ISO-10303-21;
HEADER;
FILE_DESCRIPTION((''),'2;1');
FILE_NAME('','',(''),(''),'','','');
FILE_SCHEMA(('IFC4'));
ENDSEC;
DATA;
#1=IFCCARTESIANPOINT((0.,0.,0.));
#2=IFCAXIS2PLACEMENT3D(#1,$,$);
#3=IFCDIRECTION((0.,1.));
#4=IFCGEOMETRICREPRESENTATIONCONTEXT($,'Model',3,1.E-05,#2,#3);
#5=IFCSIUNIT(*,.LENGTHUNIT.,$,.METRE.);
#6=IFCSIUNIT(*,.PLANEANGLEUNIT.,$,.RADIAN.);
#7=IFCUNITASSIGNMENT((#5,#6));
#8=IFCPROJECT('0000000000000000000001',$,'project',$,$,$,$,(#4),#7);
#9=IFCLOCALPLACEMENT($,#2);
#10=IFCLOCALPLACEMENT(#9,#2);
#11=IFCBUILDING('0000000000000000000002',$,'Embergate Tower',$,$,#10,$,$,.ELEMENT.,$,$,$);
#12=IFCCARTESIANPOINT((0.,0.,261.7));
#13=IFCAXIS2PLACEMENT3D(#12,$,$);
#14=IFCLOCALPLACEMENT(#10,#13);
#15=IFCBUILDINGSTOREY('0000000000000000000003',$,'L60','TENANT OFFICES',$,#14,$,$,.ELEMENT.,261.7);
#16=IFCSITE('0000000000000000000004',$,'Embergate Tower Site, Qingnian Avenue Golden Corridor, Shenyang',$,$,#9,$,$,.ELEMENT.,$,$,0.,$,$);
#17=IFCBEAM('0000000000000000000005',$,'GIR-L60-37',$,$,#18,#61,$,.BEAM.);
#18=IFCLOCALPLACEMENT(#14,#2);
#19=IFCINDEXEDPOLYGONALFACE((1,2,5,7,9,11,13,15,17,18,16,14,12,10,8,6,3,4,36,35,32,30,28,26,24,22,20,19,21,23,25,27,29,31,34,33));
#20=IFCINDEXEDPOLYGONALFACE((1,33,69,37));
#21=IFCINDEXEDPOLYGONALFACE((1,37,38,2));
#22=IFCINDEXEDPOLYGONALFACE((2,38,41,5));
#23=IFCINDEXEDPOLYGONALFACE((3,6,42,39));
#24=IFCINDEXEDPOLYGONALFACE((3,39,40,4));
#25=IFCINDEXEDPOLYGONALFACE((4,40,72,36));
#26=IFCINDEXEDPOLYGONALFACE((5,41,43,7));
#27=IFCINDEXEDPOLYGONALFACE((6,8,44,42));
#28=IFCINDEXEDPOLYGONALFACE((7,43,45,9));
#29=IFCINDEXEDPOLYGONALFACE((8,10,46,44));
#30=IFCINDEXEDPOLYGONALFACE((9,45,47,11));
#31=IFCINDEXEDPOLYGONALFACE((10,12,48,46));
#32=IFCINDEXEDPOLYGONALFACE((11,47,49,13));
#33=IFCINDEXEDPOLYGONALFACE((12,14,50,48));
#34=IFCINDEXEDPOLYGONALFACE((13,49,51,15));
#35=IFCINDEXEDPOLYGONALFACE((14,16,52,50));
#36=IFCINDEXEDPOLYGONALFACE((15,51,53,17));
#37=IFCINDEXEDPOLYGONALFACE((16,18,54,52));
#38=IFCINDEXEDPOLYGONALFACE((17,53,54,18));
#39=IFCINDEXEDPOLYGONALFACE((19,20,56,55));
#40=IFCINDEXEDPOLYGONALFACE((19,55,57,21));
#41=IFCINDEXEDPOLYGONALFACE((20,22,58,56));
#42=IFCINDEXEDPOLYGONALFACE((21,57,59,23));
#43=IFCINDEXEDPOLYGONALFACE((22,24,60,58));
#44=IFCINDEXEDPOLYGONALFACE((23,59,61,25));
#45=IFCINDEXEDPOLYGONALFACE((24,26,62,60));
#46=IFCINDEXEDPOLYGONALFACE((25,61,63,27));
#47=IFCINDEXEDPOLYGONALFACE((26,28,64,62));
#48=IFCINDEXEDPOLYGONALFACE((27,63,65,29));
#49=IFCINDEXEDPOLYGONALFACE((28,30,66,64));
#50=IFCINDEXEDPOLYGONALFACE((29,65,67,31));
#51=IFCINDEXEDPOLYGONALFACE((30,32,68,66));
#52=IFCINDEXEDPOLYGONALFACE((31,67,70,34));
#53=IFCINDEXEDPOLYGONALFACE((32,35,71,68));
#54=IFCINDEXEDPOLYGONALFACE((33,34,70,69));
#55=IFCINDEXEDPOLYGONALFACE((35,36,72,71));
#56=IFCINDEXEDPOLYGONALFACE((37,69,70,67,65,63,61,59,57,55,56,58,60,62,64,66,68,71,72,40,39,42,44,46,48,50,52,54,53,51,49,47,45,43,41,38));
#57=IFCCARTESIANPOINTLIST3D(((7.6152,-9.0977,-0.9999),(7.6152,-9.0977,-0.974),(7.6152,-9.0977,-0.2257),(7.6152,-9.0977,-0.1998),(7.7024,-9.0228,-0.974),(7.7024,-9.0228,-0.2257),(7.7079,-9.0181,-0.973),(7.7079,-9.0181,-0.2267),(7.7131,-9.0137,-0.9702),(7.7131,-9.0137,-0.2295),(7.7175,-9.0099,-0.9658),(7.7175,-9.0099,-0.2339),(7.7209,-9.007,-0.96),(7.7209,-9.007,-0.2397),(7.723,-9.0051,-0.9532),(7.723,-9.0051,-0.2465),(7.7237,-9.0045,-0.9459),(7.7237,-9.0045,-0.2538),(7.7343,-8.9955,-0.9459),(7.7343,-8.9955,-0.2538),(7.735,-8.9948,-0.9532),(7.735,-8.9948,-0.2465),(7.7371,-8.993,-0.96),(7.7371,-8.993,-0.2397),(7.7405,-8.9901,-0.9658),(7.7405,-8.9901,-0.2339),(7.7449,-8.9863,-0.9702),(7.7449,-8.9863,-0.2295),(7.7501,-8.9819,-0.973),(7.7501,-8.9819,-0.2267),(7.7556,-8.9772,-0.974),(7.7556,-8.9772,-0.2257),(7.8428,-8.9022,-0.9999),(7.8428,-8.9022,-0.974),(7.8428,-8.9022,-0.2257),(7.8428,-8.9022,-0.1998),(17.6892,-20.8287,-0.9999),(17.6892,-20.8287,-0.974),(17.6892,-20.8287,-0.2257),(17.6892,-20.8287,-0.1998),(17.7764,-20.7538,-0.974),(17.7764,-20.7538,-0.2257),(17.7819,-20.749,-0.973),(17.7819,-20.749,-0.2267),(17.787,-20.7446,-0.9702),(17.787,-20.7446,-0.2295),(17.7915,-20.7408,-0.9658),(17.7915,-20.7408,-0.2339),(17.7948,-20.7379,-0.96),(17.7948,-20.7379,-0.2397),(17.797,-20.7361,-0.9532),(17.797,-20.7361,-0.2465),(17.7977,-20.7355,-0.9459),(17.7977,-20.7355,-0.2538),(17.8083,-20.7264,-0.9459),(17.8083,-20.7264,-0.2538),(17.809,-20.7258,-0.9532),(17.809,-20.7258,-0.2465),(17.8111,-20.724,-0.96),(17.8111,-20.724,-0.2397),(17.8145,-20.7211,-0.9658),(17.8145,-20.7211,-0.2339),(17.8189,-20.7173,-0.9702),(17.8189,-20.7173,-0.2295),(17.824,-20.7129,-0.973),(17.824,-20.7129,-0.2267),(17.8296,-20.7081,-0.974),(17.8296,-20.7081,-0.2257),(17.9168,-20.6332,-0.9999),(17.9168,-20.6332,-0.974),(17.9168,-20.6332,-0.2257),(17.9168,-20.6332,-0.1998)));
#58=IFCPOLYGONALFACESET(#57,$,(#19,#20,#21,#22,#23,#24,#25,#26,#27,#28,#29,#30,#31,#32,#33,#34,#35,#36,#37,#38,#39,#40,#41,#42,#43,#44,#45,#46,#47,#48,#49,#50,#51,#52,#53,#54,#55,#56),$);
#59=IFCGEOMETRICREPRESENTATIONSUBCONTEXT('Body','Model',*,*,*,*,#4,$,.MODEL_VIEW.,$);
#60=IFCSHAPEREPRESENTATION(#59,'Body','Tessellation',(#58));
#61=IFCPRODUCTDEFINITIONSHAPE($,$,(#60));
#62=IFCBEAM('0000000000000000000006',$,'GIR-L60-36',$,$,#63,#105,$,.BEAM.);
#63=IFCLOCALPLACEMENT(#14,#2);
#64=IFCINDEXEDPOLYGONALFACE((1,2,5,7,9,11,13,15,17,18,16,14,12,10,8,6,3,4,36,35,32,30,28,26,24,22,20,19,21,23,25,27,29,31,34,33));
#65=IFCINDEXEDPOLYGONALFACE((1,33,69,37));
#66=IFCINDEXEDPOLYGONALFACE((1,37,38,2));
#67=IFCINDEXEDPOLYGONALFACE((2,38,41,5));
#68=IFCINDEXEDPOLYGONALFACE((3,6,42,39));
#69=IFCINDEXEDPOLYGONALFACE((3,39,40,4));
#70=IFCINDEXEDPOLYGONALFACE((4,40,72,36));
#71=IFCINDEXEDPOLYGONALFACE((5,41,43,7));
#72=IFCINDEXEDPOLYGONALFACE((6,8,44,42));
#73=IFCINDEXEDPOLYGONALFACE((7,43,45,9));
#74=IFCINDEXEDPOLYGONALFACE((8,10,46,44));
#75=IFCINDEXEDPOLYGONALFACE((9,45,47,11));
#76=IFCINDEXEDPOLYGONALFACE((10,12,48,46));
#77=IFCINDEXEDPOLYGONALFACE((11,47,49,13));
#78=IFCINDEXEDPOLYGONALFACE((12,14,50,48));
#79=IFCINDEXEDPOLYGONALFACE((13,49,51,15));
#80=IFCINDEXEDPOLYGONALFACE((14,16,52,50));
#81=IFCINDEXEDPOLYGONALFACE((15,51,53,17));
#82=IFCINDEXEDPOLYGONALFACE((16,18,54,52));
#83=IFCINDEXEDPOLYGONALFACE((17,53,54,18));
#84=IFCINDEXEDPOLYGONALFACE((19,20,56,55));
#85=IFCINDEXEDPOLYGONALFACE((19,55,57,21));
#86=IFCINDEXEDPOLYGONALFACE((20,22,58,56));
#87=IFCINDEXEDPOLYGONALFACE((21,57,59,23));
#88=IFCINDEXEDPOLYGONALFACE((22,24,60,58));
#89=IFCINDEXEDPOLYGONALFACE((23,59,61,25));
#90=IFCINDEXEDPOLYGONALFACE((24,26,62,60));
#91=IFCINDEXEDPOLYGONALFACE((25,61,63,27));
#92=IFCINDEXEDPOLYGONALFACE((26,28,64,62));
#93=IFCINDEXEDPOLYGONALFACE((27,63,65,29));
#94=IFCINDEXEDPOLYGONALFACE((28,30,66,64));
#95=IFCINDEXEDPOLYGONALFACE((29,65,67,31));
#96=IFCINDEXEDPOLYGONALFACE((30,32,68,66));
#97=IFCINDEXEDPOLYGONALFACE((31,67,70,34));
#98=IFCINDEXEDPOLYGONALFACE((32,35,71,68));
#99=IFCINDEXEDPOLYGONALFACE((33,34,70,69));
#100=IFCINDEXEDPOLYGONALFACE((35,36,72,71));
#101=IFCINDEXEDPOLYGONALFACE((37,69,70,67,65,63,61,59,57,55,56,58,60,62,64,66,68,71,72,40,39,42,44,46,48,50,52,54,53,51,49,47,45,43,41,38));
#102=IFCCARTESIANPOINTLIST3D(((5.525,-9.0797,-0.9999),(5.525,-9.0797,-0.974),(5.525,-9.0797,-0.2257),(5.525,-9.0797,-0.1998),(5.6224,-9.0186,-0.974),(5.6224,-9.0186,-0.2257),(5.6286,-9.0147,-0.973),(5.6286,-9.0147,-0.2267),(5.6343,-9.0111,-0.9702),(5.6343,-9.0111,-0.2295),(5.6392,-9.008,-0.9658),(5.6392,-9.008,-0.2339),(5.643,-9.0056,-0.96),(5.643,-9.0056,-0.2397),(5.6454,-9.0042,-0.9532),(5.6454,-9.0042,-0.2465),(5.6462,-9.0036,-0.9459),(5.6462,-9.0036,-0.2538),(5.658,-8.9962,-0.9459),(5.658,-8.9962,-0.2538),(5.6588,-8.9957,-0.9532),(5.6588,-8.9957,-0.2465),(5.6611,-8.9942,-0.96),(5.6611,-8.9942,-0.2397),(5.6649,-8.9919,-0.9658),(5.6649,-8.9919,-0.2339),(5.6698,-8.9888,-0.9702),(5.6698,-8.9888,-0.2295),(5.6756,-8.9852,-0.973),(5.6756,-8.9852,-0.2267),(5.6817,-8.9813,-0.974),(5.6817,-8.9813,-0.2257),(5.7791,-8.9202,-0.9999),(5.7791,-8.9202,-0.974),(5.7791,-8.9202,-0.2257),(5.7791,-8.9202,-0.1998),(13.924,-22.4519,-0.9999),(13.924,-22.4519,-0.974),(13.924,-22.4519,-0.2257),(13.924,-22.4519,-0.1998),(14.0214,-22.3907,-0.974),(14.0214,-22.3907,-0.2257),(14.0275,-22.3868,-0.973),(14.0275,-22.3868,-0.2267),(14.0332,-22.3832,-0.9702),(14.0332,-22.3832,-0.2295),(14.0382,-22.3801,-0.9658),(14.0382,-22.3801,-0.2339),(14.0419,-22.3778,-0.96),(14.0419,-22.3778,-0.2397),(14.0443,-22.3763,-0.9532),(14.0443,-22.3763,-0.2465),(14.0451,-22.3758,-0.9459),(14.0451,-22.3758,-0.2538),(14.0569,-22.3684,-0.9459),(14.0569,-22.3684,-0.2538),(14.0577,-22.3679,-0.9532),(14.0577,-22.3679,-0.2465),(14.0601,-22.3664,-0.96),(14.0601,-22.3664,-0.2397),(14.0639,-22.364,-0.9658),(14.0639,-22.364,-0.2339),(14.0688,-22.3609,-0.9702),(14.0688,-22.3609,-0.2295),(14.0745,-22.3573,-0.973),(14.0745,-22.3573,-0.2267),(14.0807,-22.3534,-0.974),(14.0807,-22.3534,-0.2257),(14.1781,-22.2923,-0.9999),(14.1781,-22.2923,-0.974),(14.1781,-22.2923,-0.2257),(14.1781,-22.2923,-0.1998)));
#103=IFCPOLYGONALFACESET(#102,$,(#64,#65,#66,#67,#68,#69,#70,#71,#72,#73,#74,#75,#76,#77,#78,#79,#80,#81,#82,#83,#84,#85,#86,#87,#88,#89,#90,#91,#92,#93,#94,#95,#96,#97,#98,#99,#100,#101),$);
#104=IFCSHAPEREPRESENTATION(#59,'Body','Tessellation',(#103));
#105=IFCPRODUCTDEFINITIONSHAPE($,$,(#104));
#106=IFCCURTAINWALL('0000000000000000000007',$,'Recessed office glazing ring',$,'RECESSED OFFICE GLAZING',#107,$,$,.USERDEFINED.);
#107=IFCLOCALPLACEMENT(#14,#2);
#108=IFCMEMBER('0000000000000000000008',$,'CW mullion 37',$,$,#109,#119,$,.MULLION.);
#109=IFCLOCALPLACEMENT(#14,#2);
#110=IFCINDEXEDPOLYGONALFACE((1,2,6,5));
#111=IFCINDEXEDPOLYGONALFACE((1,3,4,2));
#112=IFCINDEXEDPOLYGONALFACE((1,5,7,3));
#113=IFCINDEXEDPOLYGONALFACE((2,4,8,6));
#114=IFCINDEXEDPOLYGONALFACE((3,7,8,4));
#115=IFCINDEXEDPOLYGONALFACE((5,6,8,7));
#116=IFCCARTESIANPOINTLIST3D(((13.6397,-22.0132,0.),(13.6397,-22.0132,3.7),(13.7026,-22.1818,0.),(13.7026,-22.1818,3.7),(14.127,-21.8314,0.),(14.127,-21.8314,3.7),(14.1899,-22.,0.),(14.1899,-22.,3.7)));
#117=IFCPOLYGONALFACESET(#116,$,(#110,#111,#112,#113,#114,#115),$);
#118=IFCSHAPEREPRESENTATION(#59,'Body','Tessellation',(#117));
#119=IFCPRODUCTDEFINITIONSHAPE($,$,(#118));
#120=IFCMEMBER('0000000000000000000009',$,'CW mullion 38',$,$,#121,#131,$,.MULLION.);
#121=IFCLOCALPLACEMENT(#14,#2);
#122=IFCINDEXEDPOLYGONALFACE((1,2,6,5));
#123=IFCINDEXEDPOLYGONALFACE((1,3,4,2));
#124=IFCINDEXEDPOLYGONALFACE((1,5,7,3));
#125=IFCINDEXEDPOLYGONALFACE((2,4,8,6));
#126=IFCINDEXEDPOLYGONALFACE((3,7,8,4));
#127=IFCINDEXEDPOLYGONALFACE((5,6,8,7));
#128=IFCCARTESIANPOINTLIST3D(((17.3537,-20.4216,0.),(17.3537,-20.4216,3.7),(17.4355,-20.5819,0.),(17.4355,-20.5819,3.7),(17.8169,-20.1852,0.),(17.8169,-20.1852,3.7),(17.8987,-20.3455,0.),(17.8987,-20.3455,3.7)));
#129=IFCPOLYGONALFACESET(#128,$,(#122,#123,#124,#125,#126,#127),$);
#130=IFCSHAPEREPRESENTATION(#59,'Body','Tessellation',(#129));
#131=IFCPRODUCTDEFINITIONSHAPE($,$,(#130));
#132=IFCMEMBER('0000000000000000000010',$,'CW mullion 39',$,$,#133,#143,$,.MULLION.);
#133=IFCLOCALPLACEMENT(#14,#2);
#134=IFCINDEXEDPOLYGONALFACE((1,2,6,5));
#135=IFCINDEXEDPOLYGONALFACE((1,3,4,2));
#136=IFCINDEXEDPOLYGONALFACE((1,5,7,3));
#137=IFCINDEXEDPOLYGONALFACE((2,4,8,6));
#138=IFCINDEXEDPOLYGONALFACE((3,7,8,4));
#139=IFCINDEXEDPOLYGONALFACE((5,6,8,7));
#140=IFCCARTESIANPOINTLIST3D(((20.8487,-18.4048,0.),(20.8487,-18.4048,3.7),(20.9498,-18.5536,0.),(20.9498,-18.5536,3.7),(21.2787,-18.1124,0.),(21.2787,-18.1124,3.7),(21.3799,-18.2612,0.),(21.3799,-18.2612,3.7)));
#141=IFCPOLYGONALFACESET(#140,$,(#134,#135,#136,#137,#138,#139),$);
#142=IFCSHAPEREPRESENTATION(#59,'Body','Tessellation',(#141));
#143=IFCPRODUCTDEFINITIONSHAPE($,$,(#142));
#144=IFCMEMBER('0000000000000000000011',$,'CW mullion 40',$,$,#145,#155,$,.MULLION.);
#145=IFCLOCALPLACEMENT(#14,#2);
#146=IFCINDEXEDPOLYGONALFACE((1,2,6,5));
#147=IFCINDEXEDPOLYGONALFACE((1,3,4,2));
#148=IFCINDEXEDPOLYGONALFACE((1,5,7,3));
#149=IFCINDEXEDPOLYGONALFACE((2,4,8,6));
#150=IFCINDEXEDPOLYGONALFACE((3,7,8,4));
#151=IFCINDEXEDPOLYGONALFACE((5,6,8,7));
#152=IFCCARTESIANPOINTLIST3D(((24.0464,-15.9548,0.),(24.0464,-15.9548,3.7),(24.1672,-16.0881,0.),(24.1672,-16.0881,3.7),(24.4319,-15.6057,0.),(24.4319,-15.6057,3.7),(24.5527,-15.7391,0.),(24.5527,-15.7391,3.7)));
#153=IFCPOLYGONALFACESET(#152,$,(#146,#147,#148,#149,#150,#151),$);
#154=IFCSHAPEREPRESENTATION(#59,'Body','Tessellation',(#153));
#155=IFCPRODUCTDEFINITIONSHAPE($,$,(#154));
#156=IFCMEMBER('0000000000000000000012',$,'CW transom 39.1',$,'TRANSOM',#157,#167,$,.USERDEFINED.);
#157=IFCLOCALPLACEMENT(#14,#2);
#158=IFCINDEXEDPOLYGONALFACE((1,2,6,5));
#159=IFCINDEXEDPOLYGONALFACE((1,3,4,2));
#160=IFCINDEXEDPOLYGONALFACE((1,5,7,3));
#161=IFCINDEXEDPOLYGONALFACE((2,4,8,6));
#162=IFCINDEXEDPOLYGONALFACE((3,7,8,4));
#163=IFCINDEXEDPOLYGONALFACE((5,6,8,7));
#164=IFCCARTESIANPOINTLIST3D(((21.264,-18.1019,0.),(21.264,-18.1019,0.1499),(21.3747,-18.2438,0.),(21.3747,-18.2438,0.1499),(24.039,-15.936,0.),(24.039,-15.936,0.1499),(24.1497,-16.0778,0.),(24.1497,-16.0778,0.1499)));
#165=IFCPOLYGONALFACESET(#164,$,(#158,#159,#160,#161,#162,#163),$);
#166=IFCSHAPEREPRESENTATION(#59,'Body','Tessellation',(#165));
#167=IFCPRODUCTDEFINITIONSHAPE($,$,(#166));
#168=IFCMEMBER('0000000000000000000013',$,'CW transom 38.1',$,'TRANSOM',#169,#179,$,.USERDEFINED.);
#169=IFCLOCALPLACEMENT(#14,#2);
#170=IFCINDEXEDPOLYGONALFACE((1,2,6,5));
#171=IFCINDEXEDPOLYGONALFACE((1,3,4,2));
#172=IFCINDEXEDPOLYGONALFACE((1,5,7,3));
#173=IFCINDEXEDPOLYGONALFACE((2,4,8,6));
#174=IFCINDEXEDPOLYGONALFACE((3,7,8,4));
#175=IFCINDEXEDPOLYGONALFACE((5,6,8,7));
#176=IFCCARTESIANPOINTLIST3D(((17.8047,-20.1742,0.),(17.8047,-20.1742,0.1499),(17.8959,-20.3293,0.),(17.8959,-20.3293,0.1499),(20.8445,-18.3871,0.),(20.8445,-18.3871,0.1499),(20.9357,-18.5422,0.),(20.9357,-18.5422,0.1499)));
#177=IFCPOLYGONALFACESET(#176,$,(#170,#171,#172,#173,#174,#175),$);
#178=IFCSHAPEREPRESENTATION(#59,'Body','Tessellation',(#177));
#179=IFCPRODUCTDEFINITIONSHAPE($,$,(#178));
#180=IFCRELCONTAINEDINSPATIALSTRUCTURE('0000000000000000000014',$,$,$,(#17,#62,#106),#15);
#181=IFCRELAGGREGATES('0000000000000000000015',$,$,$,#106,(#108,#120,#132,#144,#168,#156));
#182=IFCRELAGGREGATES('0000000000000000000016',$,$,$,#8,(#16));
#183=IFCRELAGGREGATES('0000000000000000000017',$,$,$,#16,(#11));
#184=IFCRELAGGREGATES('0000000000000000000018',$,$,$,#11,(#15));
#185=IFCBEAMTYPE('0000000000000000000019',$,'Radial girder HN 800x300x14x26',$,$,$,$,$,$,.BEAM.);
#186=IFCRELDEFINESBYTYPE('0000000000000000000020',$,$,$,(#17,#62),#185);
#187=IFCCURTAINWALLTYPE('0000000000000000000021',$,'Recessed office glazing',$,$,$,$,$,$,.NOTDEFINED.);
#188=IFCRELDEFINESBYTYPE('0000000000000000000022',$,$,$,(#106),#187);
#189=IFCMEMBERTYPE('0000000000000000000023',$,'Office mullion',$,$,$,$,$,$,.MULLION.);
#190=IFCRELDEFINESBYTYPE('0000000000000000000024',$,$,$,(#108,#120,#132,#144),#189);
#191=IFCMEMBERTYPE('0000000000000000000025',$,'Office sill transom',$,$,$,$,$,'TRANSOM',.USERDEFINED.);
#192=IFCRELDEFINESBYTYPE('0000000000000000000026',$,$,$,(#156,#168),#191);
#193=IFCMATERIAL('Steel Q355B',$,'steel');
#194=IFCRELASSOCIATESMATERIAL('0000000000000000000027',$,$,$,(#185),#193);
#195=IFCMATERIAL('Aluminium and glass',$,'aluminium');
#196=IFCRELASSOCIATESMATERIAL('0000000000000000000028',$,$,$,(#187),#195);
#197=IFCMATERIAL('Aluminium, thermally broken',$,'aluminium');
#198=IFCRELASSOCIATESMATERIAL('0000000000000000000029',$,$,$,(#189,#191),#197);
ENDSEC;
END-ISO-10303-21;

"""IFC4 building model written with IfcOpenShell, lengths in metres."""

from ifc_helpers import new_model, si_unit, direction, frame, origin, origin_2d, place, context, subcontext, project, spatial, rectangle, i_section, extrude, source, transform, mapped, material, material_profile, profile_set, type_object, element, aggregate, save


model = new_model("IFC4")

# Units and contexts
model_context = context("Model", 3, precision=1e-05, world=origin(), true_north=direction((0.0, 1.0)))
body_context = subcontext(model_context, "Body", "Model", "MODEL_VIEW")
ifc_project = project(units=[si_unit("LENGTHUNIT", "METRE"), si_unit("PLANEANGLEUNIT", "RADIAN")], contexts=[model_context])

# Site, building, storey
site_placement = place(None, origin())
site = spatial("IfcSite", under=ifc_project, at=site_placement, Name="Embergate Tower Site, Qingnian Avenue Golden Corridor, Shenyang", CompositionType="ELEMENT", RefElevation=0.0)
building_placement = place(site_placement, origin())
building = spatial("IfcBuilding", under=site, at=building_placement, Name="Embergate Tower", CompositionType="ELEMENT")
storey_placement = place(building_placement, frame((0.0, 0.0, 261.7)))
storey = spatial("IfcBuildingStorey", under=building, at=storey_placement, Name="L60", Description="TENANT OFFICES", CompositionType="ELEMENT", Elevation=261.7)

# Beams
ifc_material_1 = material(Name="Steel Q355B", Category="steel")
ifc_material_profile_1 = material_profile(ifc_material_1, i_section(OverallWidth=0.3, OverallDepth=0.8, WebThickness=0.0139, FlangeThickness=0.0259, FilletRadius=0.0281, at=origin_2d()), Name="HN 800x300x14x26")
ifc_profile_set_1 = profile_set([ifc_material_profile_1], Name="Steel Q355 grade B")
beam_type_1 = type_object("IfcBeamType", Name="Radial girder HN 800x300x14x26", PredefinedType="BEAM", material=ifc_profile_set_1)
shared_shape_1 = source(origin(), body_context, "Body", "SweptSolid", [
    extrude(i_section(OverallWidth=0.3, OverallDepth=0.8, WebThickness=0.0139, FlangeThickness=0.0259, FilletRadius=0.0281, at=origin_2d()), origin(), (0.0, 0.0, 1.0), 15.4629),
])
beam_1_placement = place(storey_placement, frame((17.803, -20.731, -0.5999), z_axis=(-0.651495, 0.758653, 0.0), x_axis=(-0.758653, -0.651495, 0.0)))
element("IfcBeam", 1, at=beam_1_placement, inside=storey, type_object=beam_type_1, Name="GIR-L60-37", PredefinedType="BEAM", context=body_context, shape_type="MappedRepresentation", body=[
    mapped(shared_shape_1, transform((0.0, 0.0, 0.0))),
])
shared_shape_2 = source(origin(), body_context, "Body", "SweptSolid", [
    extrude(i_section(OverallWidth=0.3, OverallDepth=0.8, WebThickness=0.0139, FlangeThickness=0.0259, FilletRadius=0.0281, at=origin_2d()), origin(), (0.0, 0.0, 1.0), 15.791),
])
beam_2_placement = place(storey_placement, frame((14.051, -22.3721, -0.5999), z_axis=(-0.531882, 0.846818, 0.0), x_axis=(-0.846818, -0.531882, 0.0)))
element("IfcBeam", 2, at=beam_2_placement, inside=storey, type_object=beam_type_1, Name="GIR-L60-36", PredefinedType="BEAM", context=body_context, shape_type="MappedRepresentation", body=[
    mapped(shared_shape_2, transform((0.0, 0.0, 0.0))),
])

# Curtain wall, members
ifc_material_2 = material(Name="Aluminium and glass", Category="aluminium")
curtain_wall_type = type_object("IfcCurtainWallType", Name="Recessed office glazing", PredefinedType="NOTDEFINED", material=ifc_material_2)
curtain_wall_placement = place(storey_placement, origin())
curtain_wall = element("IfcCurtainWall", 3, at=curtain_wall_placement, inside=storey, type_object=curtain_wall_type, Name="Recessed office glazing ring", ObjectType="RECESSED OFFICE GLAZING", PredefinedType="USERDEFINED")
ifc_material_3 = material(Name="Aluminium, thermally broken", Category="aluminium")
ifc_material_profile_2 = material_profile(ifc_material_3, rectangle(XDim=0.1799, YDim=0.52, at=origin_2d()), Name="AL 520x180")
ifc_profile_set_2 = profile_set([ifc_material_profile_2], Name="Aluminium, thermally broken")
member_type_1 = type_object("IfcMemberType", Name="Office mullion", PredefinedType="MULLION", material=ifc_profile_set_2)
shared_shape_3 = source(origin(), body_context, "Body", "SweptSolid", [
    extrude(rectangle(XDim=0.1799, YDim=0.52, at=origin_2d()), origin(), (0.0, 0.0, 1.0), 3.7),
])
member_1_placement = place(storey_placement, frame((13.9148, -22.0066, 0.0), z_axis=(0.0, 0.0, 1.0), x_axis=(-0.349498, 0.936937, 0.0)))
member_1 = element("IfcMember", 4, at=member_1_placement, type_object=member_type_1, Name="CW mullion 37", PredefinedType="MULLION", context=body_context, shape_type="MappedRepresentation", body=[
    mapped(shared_shape_3, transform((0.0, 0.0, 0.0))),
])
member_2_placement = place(storey_placement, frame((17.6262, -20.3835, 0.0), z_axis=(0.0, 0.0, 1.0), x_axis=(-0.454505, 0.890744, 0.0)))
member_2 = element("IfcMember", 5, at=member_2_placement, type_object=member_type_1, Name="CW mullion 38", PredefinedType="MULLION", context=body_context, shape_type="MappedRepresentation", body=[
    mapped(shared_shape_3, transform((0.0, 0.0, 0.0))),
])
member_3_placement = place(storey_placement, frame((21.1143, -18.333, 0.0), z_axis=(0.0, 0.0, 1.0), x_axis=(-0.562209, 0.826995, 0.0)))
member_3 = element("IfcMember", 6, at=member_3_placement, type_object=member_type_1, Name="CW mullion 39", PredefinedType="MULLION", context=body_context, shape_type="MappedRepresentation", body=[
    mapped(shared_shape_3, transform((0.0, 0.0, 0.0))),
])
member_4_placement = place(storey_placement, frame((24.2996, -15.8469, 0.0), z_axis=(0.0, 0.0, 1.0), x_axis=(-0.671217, 0.74126, 0.0)))
member_4 = element("IfcMember", 7, at=member_4_placement, type_object=member_type_1, Name="CW mullion 40", PredefinedType="MULLION", context=body_context, shape_type="MappedRepresentation", body=[
    mapped(shared_shape_3, transform((0.0, 0.0, 0.0))),
])
ifc_material_profile_3 = material_profile(ifc_material_3, rectangle(XDim=0.1799, YDim=0.1499, at=origin_2d()), Name="AL 150x180")
ifc_profile_set_3 = profile_set([ifc_material_profile_3], Name="Aluminium, thermally broken")
member_type_2 = type_object("IfcMemberType", Name="Office sill transom", ElementType="TRANSOM", PredefinedType="USERDEFINED", material=ifc_profile_set_3)
shared_shape_4 = source(origin(), body_context, "Body", "SweptSolid", [
    extrude(rectangle(XDim=0.1799, YDim=0.1499, at=origin_2d()), origin(), (0.0, 0.0, 1.0), 3.5203),
])
member_5_placement = place(storey_placement, frame((21.3193, -18.1729, 0.075), z_axis=(0.788309, 0.615279, 0.0), x_axis=(-0.615279, 0.788309, 0.0)))
member_5 = element("IfcMember", 8, at=member_5_placement, type_object=member_type_2, Name="CW transom 39.1", ObjectType="TRANSOM", PredefinedType="USERDEFINED", context=body_context, shape_type="MappedRepresentation", body=[
    mapped(shared_shape_4, transform((0.0, 0.0, 0.0))),
])
shared_shape_5 = source(origin(), body_context, "Body", "SweptSolid", [
    extrude(rectangle(XDim=0.1799, YDim=0.1499, at=origin_2d()), origin(), (0.0, 0.0, 1.0), 3.5261),
])
member_6_placement = place(storey_placement, frame((17.8503, -20.2517, 0.075), z_axis=(0.862059, 0.506808, 0.0), x_axis=(-0.506808, 0.862059, 0.0)))
member_6 = element("IfcMember", 9, at=member_6_placement, type_object=member_type_2, Name="CW transom 38.1", ObjectType="TRANSOM", PredefinedType="USERDEFINED", context=body_context, shape_type="MappedRepresentation", body=[
    mapped(shared_shape_5, transform((0.0, 0.0, 0.0))),
])
aggregate(curtain_wall, [member_1, member_2, member_3, member_4, member_6, member_5])

save(model, "model.ifc")
